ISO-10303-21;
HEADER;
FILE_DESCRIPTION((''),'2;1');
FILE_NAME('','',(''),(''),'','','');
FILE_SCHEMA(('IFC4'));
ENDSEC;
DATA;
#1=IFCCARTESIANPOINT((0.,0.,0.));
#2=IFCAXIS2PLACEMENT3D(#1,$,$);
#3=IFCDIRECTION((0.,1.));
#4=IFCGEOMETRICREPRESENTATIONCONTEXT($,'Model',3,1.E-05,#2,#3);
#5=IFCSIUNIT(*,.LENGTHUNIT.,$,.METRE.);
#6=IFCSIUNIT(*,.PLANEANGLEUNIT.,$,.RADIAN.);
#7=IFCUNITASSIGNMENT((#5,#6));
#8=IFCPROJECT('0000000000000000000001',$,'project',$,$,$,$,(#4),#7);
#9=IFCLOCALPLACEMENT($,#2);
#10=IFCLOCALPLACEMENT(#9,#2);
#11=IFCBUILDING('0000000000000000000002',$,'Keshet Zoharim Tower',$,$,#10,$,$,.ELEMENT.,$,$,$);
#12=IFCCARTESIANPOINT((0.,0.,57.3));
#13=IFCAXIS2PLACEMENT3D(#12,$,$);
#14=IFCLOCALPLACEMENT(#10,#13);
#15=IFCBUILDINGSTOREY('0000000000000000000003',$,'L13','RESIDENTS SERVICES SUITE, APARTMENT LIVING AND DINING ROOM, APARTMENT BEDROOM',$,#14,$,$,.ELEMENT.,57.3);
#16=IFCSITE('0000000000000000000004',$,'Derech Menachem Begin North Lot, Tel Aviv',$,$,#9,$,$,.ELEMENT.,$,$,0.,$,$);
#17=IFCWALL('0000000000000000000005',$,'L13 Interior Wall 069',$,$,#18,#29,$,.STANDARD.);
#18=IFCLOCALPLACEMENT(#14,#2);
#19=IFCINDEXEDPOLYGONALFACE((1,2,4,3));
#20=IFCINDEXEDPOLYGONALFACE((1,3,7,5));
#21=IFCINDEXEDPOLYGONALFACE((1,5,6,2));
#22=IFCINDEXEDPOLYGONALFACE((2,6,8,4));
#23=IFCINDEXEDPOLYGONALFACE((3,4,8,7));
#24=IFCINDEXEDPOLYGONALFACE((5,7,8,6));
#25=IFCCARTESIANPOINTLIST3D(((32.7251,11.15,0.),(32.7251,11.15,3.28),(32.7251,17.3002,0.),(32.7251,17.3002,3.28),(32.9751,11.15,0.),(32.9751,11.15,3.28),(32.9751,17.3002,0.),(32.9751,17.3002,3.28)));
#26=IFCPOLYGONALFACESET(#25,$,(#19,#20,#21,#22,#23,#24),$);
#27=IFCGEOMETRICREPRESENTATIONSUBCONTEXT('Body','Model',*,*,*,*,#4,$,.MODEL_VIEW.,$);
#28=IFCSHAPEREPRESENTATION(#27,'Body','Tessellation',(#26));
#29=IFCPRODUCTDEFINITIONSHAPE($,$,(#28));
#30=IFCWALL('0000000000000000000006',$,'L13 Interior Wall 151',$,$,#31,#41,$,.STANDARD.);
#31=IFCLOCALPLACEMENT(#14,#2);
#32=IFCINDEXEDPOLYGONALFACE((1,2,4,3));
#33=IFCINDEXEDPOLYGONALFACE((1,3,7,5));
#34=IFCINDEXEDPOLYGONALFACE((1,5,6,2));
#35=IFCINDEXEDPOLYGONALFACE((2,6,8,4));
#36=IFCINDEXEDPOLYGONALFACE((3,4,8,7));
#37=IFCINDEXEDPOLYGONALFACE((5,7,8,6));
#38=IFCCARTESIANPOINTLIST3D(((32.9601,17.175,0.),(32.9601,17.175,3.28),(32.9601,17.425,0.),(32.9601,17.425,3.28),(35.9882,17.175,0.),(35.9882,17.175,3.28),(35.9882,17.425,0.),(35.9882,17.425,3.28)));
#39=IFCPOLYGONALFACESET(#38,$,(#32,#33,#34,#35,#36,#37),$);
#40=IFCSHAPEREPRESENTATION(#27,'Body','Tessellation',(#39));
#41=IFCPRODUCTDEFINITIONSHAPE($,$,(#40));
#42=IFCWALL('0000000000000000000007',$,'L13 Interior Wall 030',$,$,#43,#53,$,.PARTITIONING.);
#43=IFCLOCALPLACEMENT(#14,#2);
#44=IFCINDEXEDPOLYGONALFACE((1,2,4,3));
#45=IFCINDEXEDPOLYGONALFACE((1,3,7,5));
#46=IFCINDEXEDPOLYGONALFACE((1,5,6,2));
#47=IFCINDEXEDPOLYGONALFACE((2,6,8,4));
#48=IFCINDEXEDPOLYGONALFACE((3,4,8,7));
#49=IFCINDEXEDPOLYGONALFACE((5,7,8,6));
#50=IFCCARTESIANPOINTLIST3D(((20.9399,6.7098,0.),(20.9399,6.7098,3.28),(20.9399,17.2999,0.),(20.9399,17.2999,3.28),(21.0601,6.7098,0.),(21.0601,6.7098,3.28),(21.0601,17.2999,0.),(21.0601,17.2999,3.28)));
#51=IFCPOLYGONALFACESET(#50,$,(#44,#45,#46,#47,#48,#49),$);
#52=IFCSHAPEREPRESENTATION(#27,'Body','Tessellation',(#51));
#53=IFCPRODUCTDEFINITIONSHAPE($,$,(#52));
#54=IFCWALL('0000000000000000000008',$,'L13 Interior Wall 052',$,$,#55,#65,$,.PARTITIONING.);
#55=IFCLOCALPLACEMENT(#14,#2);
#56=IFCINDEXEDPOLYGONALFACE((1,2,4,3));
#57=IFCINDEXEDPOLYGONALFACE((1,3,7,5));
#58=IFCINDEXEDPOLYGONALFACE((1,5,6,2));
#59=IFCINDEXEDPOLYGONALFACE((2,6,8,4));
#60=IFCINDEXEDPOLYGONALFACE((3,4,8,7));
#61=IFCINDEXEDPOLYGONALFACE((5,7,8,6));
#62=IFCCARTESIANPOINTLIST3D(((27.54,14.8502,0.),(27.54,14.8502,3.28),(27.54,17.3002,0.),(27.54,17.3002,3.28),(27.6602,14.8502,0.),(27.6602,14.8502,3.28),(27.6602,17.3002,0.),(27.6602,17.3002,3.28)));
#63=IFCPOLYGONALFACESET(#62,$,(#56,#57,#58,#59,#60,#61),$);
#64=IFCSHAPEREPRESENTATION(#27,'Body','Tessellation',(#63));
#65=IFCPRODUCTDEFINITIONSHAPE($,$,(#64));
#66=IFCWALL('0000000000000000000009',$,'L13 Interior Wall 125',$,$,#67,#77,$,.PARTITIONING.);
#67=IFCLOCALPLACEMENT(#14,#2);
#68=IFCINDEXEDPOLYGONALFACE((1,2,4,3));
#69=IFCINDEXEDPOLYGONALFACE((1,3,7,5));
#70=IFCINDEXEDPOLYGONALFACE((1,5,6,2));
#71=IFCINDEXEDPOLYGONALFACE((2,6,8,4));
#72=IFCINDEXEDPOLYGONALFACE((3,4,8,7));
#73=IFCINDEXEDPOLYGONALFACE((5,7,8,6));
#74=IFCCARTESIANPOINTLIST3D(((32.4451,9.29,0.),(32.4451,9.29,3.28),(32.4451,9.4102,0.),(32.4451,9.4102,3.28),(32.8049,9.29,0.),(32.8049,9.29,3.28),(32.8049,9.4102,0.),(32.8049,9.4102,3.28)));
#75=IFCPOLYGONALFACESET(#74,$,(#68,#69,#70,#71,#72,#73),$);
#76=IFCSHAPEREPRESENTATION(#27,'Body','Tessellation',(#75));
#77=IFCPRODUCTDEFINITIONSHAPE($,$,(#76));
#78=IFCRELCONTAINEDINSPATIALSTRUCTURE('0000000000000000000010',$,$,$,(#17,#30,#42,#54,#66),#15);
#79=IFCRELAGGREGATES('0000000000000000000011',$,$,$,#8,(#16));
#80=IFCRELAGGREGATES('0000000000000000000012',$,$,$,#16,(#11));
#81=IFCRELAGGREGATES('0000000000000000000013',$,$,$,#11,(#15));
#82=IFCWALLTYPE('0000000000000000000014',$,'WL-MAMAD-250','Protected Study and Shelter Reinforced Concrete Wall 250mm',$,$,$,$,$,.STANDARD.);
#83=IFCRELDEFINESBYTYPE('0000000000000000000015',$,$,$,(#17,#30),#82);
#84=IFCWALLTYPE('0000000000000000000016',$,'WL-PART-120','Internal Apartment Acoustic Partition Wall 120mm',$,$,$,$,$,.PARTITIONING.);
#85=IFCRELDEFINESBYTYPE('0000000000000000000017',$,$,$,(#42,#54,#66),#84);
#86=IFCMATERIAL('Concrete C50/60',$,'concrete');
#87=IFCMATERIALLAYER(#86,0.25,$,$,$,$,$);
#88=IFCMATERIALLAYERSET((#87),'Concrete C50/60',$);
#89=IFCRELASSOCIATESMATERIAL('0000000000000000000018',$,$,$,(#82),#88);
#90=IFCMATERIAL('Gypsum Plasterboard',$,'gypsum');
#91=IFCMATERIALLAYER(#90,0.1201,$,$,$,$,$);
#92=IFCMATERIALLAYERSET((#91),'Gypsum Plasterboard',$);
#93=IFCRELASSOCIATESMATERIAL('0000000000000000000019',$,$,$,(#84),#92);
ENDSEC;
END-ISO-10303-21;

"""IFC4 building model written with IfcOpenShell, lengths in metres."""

from ifc_helpers import new_model, si_unit, direction, frame, frame_2d, origin, place, context, subcontext, project, spatial, rectangle, extrude, material, layer, layer_set, type_object, element, save


model = new_model("IFC4")

# Units and contexts
model_context = context("Model", 3, precision=1e-05, world=origin(), true_north=direction((0.0, 1.0)))
body_context = subcontext(model_context, "Body", "Model", "MODEL_VIEW")
ifc_project = project(units=[si_unit("LENGTHUNIT", "METRE"), si_unit("PLANEANGLEUNIT", "RADIAN")], contexts=[model_context])

# Site, building, storey
site_placement = place(None, origin())
site = spatial("IfcSite", under=ifc_project, at=site_placement, Name="Derech Menachem Begin North Lot, Tel Aviv", CompositionType="ELEMENT", RefElevation=0.0)
building_placement = place(site_placement, origin())
building = spatial("IfcBuilding", under=site, at=building_placement, Name="Keshet Zoharim Tower", CompositionType="ELEMENT")
storey_placement = place(building_placement, frame((0.0, 0.0, 57.3)))
storey = spatial("IfcBuildingStorey", under=building, at=storey_placement, Name="L13", Description="RESIDENTS SERVICES SUITE, APARTMENT LIVING AND DINING ROOM, APARTMENT BEDROOM", CompositionType="ELEMENT", Elevation=57.3)

# Shared definitions
ifc_material_1 = material(Name="Gypsum Plasterboard", Category="gypsum")

# Wall
ifc_material_2 = material(Name="Concrete C50/60", Category="concrete")
ifc_layer_1 = layer(ifc_material_2, 0.25)
ifc_layer_set_1 = layer_set([ifc_layer_1], Name="Concrete C50/60")
wall_type_1 = type_object("IfcWallType", Name="WL-MAMAD-250", Description="Protected Study and Shelter Reinforced Concrete Wall 250mm", PredefinedType="STANDARD", material=ifc_layer_set_1)
wall_1_placement = place(storey_placement, frame((32.8501, 11.1499, 0.0), z_axis=(0.0, 0.0, 1.0), x_axis=(0.0, 1.0, 0.0)))
element("IfcWall", 1, at=wall_1_placement, inside=storey, type_object=wall_type_1, Name="L13 Interior Wall 069", PredefinedType="STANDARD", context=body_context, shape_type="SweptSolid", body=[
    extrude(rectangle(XDim=6.1501, YDim=0.25, at=frame_2d((3.0752, 0.0))), origin(), (0.0, 0.0, 1.0), 3.28),
])

# Walls
wall_2_placement = place(storey_placement, frame((32.96, 17.3, 0.0), z_axis=(0.0, 0.0, 1.0), x_axis=(1.0, 0.0, 0.0)))
element("IfcWall", 2, at=wall_2_placement, inside=storey, type_object=wall_type_1, Name="L13 Interior Wall 151", PredefinedType="STANDARD", context=body_context, shape_type="SweptSolid", body=[
    extrude(rectangle(XDim=3.0281, YDim=0.25, at=frame_2d((1.5142, 0.0))), origin(), (0.0, 0.0, 1.0), 3.28),
])
ifc_layer_2 = layer(ifc_material_1, 0.1201)
ifc_layer_set_2 = layer_set([ifc_layer_2], Name="Gypsum Plasterboard")
wall_type_2 = type_object("IfcWallType", Name="WL-PART-120", Description="Internal Apartment Acoustic Partition Wall 120mm", PredefinedType="PARTITIONING", material=ifc_layer_set_2)
wall_3_placement = place(storey_placement, frame((21.0, 6.71, 0.0), z_axis=(0.0, 0.0, 1.0), x_axis=(0.0, 1.0, 0.0)))
element("IfcWall", 3, at=wall_3_placement, inside=storey, type_object=wall_type_2, Name="L13 Interior Wall 030", PredefinedType="PARTITIONING", context=body_context, shape_type="SweptSolid", body=[
    extrude(rectangle(XDim=10.5901, YDim=0.1201, at=frame_2d((5.2949, 0.0))), origin(), (0.0, 0.0, 1.0), 3.28),
])
wall_4_placement = place(storey_placement, frame((27.6001, 14.8501, 0.0), z_axis=(0.0, 0.0, 1.0), x_axis=(0.0, 1.0, 0.0)))
element("IfcWall", 4, at=wall_4_placement, inside=storey, type_object=wall_type_2, Name="L13 Interior Wall 052", PredefinedType="PARTITIONING", context=body_context, shape_type="SweptSolid", body=[
    extrude(rectangle(XDim=2.45, YDim=0.1201, at=frame_2d((1.2251, 0.0))), origin(), (0.0, 0.0, 1.0), 3.28),
])
wall_5_placement = place(storey_placement, frame((32.4451, 9.3501, 0.0), z_axis=(0.0, 0.0, 1.0), x_axis=(1.0, 0.0, 0.0)))
element("IfcWall", 5, at=wall_5_placement, inside=storey, type_object=wall_type_2, Name="L13 Interior Wall 125", PredefinedType="PARTITIONING", context=body_context, shape_type="SweptSolid", body=[
    extrude(rectangle(XDim=0.3599, YDim=0.1201, at=frame_2d((0.1799, 0.0))), origin(), (0.0, 0.0, 1.0), 3.28),
])

save(model, "model.ifc")
